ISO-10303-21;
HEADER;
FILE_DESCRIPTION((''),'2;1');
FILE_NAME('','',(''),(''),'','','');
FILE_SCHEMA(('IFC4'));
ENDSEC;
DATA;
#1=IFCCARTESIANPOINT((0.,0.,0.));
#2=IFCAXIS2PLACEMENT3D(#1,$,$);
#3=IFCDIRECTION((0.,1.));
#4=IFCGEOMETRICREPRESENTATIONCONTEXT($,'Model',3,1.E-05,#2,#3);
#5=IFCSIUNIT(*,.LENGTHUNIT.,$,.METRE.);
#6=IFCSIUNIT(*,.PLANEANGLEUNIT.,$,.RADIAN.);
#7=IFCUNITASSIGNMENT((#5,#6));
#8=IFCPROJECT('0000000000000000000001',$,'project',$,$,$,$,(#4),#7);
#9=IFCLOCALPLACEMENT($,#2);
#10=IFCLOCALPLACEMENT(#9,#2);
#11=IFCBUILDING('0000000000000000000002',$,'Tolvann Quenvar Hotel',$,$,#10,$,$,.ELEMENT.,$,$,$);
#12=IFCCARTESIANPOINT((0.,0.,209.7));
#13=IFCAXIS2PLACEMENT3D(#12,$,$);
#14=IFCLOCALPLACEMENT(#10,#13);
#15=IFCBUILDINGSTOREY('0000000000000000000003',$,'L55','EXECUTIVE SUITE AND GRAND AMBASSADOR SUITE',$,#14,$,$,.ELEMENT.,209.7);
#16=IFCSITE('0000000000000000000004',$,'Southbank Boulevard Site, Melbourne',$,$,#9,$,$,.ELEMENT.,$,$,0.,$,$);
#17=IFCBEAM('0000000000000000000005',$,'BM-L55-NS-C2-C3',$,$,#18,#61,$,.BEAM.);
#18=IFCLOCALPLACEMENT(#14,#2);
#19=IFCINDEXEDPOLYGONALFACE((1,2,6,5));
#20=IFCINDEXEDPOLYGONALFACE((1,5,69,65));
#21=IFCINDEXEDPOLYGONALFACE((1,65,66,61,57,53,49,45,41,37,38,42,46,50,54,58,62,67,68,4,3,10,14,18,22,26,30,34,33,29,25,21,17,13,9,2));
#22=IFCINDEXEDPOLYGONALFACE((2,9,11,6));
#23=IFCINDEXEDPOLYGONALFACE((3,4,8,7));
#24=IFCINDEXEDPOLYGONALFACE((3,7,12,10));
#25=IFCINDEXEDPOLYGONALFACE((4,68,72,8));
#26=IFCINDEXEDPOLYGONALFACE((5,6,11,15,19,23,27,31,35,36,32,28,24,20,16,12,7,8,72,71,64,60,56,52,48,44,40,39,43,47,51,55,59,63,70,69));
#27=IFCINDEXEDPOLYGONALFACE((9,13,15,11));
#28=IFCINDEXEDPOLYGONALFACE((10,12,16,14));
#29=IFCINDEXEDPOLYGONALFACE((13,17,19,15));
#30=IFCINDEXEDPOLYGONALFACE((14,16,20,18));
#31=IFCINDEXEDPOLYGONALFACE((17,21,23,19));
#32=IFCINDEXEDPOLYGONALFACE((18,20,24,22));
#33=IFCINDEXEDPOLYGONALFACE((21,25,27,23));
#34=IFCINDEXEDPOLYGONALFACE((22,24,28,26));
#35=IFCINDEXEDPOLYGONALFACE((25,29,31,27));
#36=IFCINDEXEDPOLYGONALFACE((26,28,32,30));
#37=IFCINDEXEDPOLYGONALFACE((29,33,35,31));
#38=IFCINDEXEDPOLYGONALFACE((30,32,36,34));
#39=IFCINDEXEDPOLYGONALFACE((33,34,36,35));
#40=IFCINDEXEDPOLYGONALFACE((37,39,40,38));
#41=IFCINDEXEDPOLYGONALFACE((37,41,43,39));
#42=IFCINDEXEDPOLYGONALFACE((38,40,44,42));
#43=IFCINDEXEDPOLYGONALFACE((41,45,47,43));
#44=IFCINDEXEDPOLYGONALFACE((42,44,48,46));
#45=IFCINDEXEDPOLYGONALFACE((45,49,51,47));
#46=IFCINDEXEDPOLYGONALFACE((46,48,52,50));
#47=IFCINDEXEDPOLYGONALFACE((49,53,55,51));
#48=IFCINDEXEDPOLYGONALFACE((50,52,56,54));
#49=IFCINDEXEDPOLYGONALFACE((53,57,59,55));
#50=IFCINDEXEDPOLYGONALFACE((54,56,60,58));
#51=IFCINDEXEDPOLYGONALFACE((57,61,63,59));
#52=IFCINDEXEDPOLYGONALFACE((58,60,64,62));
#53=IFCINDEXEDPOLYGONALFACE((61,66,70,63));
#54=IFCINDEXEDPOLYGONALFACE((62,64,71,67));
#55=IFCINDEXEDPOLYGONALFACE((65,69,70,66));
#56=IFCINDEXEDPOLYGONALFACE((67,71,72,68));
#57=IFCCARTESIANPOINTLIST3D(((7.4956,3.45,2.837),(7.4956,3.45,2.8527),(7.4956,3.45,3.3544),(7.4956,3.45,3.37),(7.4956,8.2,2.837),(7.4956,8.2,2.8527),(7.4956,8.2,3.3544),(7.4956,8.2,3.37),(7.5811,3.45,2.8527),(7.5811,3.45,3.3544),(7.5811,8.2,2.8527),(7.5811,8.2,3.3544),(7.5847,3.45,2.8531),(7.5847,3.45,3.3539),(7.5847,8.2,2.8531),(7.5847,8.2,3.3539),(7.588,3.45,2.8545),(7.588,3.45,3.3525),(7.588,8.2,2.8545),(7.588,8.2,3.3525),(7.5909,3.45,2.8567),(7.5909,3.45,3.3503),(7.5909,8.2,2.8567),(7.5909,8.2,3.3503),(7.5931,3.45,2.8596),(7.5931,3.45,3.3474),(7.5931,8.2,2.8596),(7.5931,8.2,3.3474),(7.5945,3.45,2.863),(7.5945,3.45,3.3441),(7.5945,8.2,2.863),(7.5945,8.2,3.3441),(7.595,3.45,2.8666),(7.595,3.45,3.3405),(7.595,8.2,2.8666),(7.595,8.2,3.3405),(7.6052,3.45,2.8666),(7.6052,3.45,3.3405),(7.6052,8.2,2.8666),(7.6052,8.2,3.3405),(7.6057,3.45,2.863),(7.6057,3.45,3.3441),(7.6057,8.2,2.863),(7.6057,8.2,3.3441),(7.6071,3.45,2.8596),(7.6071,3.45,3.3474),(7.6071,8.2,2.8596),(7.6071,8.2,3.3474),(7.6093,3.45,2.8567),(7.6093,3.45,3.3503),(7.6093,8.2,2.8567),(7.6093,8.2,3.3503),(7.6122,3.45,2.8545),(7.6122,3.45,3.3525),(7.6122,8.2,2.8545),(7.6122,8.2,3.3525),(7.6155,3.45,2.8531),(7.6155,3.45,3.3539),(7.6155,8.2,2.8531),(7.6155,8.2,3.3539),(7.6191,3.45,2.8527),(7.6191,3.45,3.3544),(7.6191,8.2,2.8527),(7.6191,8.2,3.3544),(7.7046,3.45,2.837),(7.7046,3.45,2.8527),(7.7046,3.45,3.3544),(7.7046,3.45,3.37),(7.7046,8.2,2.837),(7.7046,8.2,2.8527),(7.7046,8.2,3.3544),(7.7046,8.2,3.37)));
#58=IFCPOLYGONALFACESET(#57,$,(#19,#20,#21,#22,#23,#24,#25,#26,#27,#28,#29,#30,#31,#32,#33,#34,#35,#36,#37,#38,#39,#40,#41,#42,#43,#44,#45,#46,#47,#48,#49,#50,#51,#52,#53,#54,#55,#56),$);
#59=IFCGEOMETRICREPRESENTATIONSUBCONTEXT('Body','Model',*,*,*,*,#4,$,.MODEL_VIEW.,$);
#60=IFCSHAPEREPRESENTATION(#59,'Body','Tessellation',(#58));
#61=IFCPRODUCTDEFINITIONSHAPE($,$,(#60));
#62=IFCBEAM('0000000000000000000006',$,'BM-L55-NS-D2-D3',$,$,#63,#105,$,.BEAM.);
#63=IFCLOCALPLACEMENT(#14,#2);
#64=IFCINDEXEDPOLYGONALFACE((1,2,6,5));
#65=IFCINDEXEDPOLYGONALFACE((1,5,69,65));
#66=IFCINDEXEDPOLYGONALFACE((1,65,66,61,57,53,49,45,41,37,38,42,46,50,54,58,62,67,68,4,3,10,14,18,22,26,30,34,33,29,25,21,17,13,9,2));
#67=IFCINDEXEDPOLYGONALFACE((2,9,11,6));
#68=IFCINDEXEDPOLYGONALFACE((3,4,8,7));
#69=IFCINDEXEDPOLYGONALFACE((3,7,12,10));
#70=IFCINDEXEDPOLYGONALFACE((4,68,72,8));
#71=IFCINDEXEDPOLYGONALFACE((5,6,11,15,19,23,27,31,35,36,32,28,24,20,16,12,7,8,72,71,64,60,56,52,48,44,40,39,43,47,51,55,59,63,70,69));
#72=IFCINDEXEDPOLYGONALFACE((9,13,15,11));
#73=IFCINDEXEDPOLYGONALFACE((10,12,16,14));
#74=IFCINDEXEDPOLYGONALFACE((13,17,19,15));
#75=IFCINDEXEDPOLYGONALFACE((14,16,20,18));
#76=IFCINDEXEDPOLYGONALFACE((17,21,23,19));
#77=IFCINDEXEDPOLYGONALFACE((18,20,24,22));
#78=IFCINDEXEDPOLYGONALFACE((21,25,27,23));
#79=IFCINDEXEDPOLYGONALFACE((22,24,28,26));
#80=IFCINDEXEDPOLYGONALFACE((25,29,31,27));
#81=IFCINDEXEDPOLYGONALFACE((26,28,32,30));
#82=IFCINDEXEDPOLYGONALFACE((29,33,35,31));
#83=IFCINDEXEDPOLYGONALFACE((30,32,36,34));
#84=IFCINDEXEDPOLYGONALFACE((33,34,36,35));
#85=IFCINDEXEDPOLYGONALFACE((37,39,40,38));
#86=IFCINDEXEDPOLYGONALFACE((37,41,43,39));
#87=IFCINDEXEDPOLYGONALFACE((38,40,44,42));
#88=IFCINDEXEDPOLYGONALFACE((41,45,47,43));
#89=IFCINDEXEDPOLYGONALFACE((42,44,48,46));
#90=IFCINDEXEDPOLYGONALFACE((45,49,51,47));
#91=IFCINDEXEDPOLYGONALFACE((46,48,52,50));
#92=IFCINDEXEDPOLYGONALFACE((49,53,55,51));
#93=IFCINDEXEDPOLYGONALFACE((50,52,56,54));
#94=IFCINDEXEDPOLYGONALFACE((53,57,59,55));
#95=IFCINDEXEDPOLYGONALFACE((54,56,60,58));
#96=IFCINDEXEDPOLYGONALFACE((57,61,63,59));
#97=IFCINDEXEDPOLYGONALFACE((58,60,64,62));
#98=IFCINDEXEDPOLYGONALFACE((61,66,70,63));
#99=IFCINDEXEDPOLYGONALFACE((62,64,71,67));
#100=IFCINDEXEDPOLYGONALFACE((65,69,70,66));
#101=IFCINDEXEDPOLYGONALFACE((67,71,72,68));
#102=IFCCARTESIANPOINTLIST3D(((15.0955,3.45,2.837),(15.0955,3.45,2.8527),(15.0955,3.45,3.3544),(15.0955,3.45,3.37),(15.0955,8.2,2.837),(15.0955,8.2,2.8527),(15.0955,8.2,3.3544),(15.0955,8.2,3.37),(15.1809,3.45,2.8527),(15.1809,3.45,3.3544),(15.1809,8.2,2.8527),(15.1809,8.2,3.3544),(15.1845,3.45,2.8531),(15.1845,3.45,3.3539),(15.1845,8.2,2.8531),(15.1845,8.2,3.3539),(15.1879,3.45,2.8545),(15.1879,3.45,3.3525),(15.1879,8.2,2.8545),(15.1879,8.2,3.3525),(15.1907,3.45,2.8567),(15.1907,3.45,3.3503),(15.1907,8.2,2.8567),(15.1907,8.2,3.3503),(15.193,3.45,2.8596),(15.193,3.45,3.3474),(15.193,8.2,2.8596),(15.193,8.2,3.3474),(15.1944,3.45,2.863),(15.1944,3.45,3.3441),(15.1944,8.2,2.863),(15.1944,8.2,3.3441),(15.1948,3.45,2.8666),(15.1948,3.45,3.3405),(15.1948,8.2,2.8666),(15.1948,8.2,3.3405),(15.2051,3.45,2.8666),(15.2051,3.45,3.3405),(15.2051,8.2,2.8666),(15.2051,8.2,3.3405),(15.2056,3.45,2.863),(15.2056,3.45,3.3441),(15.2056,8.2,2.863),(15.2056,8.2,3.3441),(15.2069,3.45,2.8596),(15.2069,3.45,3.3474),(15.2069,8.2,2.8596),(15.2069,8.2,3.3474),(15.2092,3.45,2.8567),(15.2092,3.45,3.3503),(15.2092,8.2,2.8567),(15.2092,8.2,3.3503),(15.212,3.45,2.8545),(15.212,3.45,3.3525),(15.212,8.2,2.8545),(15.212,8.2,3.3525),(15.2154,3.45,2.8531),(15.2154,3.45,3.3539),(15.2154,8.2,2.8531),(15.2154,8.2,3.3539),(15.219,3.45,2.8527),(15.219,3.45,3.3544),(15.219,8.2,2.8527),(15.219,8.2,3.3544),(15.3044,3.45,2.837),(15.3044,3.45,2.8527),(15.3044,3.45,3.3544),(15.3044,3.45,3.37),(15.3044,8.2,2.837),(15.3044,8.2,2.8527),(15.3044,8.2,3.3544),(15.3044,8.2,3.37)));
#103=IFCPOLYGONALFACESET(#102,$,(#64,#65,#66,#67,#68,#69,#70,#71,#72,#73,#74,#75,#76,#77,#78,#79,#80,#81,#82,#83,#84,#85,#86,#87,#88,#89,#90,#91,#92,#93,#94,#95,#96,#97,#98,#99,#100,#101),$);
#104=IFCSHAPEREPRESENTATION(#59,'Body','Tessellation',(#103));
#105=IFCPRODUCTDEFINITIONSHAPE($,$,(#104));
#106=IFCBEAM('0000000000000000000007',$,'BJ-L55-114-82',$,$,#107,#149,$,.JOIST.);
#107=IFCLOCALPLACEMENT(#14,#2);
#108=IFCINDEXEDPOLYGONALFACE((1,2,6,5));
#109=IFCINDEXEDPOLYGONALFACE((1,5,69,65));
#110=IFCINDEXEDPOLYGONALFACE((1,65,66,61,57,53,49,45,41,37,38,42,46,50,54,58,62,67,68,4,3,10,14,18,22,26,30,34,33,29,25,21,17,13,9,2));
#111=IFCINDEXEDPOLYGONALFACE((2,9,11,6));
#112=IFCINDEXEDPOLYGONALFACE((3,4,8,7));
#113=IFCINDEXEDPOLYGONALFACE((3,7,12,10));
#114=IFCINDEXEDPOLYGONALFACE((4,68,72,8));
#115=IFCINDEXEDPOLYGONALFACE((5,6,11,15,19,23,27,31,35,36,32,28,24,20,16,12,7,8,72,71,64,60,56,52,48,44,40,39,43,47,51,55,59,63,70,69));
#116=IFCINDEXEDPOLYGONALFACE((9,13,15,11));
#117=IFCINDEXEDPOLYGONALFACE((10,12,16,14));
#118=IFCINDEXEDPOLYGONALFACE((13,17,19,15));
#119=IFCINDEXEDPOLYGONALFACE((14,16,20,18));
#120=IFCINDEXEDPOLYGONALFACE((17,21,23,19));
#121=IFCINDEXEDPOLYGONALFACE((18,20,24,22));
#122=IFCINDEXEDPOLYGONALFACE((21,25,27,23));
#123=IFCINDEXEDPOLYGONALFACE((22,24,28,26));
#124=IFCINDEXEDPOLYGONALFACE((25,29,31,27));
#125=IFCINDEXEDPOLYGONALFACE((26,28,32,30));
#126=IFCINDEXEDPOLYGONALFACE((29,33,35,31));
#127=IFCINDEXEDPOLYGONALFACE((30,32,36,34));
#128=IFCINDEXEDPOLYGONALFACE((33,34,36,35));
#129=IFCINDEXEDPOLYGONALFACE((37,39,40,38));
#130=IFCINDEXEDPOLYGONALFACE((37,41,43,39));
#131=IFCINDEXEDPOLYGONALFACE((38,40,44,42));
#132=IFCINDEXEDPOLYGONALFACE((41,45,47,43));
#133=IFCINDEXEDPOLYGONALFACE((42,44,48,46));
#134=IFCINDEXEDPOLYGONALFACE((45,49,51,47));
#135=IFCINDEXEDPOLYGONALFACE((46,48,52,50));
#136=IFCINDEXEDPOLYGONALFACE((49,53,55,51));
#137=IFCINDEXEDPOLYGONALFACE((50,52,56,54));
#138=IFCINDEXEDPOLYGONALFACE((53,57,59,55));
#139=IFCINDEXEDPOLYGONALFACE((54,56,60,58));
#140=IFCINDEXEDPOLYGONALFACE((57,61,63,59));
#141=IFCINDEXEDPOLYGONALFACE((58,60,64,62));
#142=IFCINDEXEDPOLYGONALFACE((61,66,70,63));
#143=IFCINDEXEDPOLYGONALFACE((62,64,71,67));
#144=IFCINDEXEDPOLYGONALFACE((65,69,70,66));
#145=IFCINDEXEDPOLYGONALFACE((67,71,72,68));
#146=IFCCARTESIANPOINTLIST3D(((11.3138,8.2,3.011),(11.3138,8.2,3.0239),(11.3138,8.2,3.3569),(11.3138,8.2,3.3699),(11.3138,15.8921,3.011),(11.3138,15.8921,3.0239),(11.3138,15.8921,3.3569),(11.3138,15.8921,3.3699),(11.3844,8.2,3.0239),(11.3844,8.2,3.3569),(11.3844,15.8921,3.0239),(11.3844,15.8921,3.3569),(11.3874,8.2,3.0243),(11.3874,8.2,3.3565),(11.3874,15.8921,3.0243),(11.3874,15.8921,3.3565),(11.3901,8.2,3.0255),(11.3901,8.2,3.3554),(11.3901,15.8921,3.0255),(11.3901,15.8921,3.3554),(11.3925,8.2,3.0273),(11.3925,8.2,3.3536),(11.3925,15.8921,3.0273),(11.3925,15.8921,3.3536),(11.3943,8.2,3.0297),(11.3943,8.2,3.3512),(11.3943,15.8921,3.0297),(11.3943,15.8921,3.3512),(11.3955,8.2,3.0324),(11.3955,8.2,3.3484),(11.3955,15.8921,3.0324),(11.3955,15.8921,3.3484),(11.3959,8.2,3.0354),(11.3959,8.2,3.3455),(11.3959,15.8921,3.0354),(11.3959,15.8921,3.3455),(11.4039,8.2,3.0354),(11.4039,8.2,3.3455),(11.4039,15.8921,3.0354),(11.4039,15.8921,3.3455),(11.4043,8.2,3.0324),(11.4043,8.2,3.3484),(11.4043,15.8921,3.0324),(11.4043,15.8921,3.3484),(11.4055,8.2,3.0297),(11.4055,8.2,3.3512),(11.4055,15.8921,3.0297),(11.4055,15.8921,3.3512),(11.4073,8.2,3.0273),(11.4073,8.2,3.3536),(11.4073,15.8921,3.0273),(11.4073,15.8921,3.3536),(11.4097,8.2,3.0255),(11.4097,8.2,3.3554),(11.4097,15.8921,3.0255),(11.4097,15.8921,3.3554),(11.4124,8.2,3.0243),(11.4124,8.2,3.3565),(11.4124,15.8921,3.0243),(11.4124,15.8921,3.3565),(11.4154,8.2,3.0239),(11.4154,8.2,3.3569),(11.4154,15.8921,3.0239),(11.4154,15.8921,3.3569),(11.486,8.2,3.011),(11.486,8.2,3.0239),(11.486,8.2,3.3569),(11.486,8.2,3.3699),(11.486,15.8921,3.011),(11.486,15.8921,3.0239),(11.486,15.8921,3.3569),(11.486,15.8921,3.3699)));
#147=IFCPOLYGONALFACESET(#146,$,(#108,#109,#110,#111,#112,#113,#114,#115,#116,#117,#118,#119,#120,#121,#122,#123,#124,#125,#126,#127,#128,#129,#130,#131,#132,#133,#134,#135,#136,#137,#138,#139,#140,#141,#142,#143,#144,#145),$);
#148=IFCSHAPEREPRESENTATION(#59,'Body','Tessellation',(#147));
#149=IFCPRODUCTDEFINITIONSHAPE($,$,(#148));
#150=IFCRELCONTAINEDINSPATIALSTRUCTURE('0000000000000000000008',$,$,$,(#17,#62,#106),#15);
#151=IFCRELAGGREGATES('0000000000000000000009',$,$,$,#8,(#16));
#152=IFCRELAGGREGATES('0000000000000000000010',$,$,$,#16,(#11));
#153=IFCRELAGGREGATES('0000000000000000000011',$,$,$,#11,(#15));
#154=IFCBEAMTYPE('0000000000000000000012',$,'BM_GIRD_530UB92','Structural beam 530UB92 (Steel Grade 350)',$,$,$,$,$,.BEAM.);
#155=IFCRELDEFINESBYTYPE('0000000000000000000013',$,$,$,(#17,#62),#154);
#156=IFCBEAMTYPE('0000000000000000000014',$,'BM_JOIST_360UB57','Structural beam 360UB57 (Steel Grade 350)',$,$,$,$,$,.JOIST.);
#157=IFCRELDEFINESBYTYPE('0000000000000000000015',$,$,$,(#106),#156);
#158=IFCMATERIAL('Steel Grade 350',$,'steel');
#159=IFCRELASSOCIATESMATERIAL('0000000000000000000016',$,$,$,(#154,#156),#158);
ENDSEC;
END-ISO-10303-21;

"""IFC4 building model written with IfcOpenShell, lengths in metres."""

from ifc_helpers import new_model, si_unit, direction, frame, origin, origin_2d, place, context, subcontext, project, spatial, i_section, extrude, source, transform, mapped, material, material_profile, profile_set, type_object, type_shapes, element, save


model = new_model("IFC4")

# Units and contexts
model_context = context("Model", 3, precision=1e-05, world=origin(), true_north=direction((0.0, 1.0)))
body_context = subcontext(model_context, "Body", "Model", "MODEL_VIEW")
ifc_project = project(units=[si_unit("LENGTHUNIT", "METRE"), si_unit("PLANEANGLEUNIT", "RADIAN")], contexts=[model_context])

# Site, building, storey
site_placement = place(None, origin())
site = spatial("IfcSite", under=ifc_project, at=site_placement, Name="Southbank Boulevard Site, Melbourne", CompositionType="ELEMENT", RefElevation=0.0)
building_placement = place(site_placement, origin())
building = spatial("IfcBuilding", under=site, at=building_placement, Name="Tolvann Quenvar Hotel", CompositionType="ELEMENT")
storey_placement = place(building_placement, frame((0.0, 0.0, 209.7)))
storey = spatial("IfcBuildingStorey", under=building, at=storey_placement, Name="L55", Description="EXECUTIVE SUITE AND GRAND AMBASSADOR SUITE", CompositionType="ELEMENT", Elevation=209.7)

# Shared definitions
ifc_material_1 = material(Name="Steel Grade 350", Category="steel")

# Beams
ifc_material_profile_1 = material_profile(ifc_material_1, i_section(OverallWidth=0.209, OverallDepth=0.533, WebThickness=0.0103, FlangeThickness=0.0156, FilletRadius=0.0139, at=origin_2d()), Name="530UB92")
ifc_profile_set_1 = profile_set([ifc_material_profile_1], Name="Steel Grade 350")
beam_type_1 = type_object("IfcBeamType", Name="BM_GIRD_530UB92", Description="Structural beam 530UB92 (Steel Grade 350)", PredefinedType="BEAM", material=ifc_profile_set_1)
shared_shape_1 = source(origin(), body_context, "Body", "SweptSolid", [
    extrude(i_section(OverallWidth=0.209, OverallDepth=0.533, WebThickness=0.0103, FlangeThickness=0.0156, FilletRadius=0.0139, at=origin_2d()), origin(), (0.0, 0.0, 1.0), 4.75),
])
for number, where, z_axis, x_axis, name in (
    (1, (7.6001, 3.45, 3.1035), (0.0, 1.0, 0.0), (-1.0, 0.0, 0.0), "BM-L55-NS-C2-C3"),
    (2, (15.2, 3.45, 3.1035), (0.0, 1.0, 0.0), (-1.0, 0.0, 0.0), "BM-L55-NS-D2-D3"),
):
    element("IfcBeam", number, at=place(storey_placement, frame(where, z_axis=z_axis, x_axis=x_axis)), inside=storey, type_object=beam_type_1, Name=name, PredefinedType="BEAM", context=body_context, shape_type="MappedRepresentation", body=[
        mapped(shared_shape_1, transform((0.0, 0.0, 0.0), x_axis=(1.0, 0.0, 0.0), y_axis=(0.0, 1.0, 0.0), z_axis=(0.0, 0.0, 1.0), scale=1.0)),
    ])
ifc_material_profile_2 = material_profile(ifc_material_1, i_section(OverallWidth=0.1721, OverallDepth=0.3589, WebThickness=0.0081, FlangeThickness=0.0129, FilletRadius=0.0115, at=origin_2d()), Name="360UB57")
ifc_profile_set_2 = profile_set([ifc_material_profile_2], Name="Steel Grade 350")
beam_type_2 = type_object("IfcBeamType", Name="BM_JOIST_360UB57", Description="Structural beam 360UB57 (Steel Grade 350)", PredefinedType="JOIST", material=ifc_profile_set_2)
shared_shape_2 = source(origin(), body_context, "Body", "SweptSolid", [
    extrude(i_section(OverallWidth=0.1721, OverallDepth=0.3589, WebThickness=0.0081, FlangeThickness=0.0129, FilletRadius=0.0115, at=origin_2d()), origin(), (0.0, 0.0, 1.0), 7.6921),
])
type_shapes(beam_type_2, [shared_shape_2])
beam_1_placement = place(storey_placement, frame((11.3999, 8.2, 3.1904), z_axis=(0.0, 1.0, 0.0), x_axis=(-1.0, 0.0, 0.0)))
element("IfcBeam", 3, at=beam_1_placement, inside=storey, type_object=beam_type_2, Name="BJ-L55-114-82", PredefinedType="JOIST", context=body_context, shape_type="MappedRepresentation", body=[
    mapped(shared_shape_2, transform((0.0, 0.0, 0.0), x_axis=(1.0, 0.0, 0.0), y_axis=(0.0, 1.0, 0.0), z_axis=(0.0, 0.0, 1.0), scale=1.0)),
])

save(model, "model.ifc")
